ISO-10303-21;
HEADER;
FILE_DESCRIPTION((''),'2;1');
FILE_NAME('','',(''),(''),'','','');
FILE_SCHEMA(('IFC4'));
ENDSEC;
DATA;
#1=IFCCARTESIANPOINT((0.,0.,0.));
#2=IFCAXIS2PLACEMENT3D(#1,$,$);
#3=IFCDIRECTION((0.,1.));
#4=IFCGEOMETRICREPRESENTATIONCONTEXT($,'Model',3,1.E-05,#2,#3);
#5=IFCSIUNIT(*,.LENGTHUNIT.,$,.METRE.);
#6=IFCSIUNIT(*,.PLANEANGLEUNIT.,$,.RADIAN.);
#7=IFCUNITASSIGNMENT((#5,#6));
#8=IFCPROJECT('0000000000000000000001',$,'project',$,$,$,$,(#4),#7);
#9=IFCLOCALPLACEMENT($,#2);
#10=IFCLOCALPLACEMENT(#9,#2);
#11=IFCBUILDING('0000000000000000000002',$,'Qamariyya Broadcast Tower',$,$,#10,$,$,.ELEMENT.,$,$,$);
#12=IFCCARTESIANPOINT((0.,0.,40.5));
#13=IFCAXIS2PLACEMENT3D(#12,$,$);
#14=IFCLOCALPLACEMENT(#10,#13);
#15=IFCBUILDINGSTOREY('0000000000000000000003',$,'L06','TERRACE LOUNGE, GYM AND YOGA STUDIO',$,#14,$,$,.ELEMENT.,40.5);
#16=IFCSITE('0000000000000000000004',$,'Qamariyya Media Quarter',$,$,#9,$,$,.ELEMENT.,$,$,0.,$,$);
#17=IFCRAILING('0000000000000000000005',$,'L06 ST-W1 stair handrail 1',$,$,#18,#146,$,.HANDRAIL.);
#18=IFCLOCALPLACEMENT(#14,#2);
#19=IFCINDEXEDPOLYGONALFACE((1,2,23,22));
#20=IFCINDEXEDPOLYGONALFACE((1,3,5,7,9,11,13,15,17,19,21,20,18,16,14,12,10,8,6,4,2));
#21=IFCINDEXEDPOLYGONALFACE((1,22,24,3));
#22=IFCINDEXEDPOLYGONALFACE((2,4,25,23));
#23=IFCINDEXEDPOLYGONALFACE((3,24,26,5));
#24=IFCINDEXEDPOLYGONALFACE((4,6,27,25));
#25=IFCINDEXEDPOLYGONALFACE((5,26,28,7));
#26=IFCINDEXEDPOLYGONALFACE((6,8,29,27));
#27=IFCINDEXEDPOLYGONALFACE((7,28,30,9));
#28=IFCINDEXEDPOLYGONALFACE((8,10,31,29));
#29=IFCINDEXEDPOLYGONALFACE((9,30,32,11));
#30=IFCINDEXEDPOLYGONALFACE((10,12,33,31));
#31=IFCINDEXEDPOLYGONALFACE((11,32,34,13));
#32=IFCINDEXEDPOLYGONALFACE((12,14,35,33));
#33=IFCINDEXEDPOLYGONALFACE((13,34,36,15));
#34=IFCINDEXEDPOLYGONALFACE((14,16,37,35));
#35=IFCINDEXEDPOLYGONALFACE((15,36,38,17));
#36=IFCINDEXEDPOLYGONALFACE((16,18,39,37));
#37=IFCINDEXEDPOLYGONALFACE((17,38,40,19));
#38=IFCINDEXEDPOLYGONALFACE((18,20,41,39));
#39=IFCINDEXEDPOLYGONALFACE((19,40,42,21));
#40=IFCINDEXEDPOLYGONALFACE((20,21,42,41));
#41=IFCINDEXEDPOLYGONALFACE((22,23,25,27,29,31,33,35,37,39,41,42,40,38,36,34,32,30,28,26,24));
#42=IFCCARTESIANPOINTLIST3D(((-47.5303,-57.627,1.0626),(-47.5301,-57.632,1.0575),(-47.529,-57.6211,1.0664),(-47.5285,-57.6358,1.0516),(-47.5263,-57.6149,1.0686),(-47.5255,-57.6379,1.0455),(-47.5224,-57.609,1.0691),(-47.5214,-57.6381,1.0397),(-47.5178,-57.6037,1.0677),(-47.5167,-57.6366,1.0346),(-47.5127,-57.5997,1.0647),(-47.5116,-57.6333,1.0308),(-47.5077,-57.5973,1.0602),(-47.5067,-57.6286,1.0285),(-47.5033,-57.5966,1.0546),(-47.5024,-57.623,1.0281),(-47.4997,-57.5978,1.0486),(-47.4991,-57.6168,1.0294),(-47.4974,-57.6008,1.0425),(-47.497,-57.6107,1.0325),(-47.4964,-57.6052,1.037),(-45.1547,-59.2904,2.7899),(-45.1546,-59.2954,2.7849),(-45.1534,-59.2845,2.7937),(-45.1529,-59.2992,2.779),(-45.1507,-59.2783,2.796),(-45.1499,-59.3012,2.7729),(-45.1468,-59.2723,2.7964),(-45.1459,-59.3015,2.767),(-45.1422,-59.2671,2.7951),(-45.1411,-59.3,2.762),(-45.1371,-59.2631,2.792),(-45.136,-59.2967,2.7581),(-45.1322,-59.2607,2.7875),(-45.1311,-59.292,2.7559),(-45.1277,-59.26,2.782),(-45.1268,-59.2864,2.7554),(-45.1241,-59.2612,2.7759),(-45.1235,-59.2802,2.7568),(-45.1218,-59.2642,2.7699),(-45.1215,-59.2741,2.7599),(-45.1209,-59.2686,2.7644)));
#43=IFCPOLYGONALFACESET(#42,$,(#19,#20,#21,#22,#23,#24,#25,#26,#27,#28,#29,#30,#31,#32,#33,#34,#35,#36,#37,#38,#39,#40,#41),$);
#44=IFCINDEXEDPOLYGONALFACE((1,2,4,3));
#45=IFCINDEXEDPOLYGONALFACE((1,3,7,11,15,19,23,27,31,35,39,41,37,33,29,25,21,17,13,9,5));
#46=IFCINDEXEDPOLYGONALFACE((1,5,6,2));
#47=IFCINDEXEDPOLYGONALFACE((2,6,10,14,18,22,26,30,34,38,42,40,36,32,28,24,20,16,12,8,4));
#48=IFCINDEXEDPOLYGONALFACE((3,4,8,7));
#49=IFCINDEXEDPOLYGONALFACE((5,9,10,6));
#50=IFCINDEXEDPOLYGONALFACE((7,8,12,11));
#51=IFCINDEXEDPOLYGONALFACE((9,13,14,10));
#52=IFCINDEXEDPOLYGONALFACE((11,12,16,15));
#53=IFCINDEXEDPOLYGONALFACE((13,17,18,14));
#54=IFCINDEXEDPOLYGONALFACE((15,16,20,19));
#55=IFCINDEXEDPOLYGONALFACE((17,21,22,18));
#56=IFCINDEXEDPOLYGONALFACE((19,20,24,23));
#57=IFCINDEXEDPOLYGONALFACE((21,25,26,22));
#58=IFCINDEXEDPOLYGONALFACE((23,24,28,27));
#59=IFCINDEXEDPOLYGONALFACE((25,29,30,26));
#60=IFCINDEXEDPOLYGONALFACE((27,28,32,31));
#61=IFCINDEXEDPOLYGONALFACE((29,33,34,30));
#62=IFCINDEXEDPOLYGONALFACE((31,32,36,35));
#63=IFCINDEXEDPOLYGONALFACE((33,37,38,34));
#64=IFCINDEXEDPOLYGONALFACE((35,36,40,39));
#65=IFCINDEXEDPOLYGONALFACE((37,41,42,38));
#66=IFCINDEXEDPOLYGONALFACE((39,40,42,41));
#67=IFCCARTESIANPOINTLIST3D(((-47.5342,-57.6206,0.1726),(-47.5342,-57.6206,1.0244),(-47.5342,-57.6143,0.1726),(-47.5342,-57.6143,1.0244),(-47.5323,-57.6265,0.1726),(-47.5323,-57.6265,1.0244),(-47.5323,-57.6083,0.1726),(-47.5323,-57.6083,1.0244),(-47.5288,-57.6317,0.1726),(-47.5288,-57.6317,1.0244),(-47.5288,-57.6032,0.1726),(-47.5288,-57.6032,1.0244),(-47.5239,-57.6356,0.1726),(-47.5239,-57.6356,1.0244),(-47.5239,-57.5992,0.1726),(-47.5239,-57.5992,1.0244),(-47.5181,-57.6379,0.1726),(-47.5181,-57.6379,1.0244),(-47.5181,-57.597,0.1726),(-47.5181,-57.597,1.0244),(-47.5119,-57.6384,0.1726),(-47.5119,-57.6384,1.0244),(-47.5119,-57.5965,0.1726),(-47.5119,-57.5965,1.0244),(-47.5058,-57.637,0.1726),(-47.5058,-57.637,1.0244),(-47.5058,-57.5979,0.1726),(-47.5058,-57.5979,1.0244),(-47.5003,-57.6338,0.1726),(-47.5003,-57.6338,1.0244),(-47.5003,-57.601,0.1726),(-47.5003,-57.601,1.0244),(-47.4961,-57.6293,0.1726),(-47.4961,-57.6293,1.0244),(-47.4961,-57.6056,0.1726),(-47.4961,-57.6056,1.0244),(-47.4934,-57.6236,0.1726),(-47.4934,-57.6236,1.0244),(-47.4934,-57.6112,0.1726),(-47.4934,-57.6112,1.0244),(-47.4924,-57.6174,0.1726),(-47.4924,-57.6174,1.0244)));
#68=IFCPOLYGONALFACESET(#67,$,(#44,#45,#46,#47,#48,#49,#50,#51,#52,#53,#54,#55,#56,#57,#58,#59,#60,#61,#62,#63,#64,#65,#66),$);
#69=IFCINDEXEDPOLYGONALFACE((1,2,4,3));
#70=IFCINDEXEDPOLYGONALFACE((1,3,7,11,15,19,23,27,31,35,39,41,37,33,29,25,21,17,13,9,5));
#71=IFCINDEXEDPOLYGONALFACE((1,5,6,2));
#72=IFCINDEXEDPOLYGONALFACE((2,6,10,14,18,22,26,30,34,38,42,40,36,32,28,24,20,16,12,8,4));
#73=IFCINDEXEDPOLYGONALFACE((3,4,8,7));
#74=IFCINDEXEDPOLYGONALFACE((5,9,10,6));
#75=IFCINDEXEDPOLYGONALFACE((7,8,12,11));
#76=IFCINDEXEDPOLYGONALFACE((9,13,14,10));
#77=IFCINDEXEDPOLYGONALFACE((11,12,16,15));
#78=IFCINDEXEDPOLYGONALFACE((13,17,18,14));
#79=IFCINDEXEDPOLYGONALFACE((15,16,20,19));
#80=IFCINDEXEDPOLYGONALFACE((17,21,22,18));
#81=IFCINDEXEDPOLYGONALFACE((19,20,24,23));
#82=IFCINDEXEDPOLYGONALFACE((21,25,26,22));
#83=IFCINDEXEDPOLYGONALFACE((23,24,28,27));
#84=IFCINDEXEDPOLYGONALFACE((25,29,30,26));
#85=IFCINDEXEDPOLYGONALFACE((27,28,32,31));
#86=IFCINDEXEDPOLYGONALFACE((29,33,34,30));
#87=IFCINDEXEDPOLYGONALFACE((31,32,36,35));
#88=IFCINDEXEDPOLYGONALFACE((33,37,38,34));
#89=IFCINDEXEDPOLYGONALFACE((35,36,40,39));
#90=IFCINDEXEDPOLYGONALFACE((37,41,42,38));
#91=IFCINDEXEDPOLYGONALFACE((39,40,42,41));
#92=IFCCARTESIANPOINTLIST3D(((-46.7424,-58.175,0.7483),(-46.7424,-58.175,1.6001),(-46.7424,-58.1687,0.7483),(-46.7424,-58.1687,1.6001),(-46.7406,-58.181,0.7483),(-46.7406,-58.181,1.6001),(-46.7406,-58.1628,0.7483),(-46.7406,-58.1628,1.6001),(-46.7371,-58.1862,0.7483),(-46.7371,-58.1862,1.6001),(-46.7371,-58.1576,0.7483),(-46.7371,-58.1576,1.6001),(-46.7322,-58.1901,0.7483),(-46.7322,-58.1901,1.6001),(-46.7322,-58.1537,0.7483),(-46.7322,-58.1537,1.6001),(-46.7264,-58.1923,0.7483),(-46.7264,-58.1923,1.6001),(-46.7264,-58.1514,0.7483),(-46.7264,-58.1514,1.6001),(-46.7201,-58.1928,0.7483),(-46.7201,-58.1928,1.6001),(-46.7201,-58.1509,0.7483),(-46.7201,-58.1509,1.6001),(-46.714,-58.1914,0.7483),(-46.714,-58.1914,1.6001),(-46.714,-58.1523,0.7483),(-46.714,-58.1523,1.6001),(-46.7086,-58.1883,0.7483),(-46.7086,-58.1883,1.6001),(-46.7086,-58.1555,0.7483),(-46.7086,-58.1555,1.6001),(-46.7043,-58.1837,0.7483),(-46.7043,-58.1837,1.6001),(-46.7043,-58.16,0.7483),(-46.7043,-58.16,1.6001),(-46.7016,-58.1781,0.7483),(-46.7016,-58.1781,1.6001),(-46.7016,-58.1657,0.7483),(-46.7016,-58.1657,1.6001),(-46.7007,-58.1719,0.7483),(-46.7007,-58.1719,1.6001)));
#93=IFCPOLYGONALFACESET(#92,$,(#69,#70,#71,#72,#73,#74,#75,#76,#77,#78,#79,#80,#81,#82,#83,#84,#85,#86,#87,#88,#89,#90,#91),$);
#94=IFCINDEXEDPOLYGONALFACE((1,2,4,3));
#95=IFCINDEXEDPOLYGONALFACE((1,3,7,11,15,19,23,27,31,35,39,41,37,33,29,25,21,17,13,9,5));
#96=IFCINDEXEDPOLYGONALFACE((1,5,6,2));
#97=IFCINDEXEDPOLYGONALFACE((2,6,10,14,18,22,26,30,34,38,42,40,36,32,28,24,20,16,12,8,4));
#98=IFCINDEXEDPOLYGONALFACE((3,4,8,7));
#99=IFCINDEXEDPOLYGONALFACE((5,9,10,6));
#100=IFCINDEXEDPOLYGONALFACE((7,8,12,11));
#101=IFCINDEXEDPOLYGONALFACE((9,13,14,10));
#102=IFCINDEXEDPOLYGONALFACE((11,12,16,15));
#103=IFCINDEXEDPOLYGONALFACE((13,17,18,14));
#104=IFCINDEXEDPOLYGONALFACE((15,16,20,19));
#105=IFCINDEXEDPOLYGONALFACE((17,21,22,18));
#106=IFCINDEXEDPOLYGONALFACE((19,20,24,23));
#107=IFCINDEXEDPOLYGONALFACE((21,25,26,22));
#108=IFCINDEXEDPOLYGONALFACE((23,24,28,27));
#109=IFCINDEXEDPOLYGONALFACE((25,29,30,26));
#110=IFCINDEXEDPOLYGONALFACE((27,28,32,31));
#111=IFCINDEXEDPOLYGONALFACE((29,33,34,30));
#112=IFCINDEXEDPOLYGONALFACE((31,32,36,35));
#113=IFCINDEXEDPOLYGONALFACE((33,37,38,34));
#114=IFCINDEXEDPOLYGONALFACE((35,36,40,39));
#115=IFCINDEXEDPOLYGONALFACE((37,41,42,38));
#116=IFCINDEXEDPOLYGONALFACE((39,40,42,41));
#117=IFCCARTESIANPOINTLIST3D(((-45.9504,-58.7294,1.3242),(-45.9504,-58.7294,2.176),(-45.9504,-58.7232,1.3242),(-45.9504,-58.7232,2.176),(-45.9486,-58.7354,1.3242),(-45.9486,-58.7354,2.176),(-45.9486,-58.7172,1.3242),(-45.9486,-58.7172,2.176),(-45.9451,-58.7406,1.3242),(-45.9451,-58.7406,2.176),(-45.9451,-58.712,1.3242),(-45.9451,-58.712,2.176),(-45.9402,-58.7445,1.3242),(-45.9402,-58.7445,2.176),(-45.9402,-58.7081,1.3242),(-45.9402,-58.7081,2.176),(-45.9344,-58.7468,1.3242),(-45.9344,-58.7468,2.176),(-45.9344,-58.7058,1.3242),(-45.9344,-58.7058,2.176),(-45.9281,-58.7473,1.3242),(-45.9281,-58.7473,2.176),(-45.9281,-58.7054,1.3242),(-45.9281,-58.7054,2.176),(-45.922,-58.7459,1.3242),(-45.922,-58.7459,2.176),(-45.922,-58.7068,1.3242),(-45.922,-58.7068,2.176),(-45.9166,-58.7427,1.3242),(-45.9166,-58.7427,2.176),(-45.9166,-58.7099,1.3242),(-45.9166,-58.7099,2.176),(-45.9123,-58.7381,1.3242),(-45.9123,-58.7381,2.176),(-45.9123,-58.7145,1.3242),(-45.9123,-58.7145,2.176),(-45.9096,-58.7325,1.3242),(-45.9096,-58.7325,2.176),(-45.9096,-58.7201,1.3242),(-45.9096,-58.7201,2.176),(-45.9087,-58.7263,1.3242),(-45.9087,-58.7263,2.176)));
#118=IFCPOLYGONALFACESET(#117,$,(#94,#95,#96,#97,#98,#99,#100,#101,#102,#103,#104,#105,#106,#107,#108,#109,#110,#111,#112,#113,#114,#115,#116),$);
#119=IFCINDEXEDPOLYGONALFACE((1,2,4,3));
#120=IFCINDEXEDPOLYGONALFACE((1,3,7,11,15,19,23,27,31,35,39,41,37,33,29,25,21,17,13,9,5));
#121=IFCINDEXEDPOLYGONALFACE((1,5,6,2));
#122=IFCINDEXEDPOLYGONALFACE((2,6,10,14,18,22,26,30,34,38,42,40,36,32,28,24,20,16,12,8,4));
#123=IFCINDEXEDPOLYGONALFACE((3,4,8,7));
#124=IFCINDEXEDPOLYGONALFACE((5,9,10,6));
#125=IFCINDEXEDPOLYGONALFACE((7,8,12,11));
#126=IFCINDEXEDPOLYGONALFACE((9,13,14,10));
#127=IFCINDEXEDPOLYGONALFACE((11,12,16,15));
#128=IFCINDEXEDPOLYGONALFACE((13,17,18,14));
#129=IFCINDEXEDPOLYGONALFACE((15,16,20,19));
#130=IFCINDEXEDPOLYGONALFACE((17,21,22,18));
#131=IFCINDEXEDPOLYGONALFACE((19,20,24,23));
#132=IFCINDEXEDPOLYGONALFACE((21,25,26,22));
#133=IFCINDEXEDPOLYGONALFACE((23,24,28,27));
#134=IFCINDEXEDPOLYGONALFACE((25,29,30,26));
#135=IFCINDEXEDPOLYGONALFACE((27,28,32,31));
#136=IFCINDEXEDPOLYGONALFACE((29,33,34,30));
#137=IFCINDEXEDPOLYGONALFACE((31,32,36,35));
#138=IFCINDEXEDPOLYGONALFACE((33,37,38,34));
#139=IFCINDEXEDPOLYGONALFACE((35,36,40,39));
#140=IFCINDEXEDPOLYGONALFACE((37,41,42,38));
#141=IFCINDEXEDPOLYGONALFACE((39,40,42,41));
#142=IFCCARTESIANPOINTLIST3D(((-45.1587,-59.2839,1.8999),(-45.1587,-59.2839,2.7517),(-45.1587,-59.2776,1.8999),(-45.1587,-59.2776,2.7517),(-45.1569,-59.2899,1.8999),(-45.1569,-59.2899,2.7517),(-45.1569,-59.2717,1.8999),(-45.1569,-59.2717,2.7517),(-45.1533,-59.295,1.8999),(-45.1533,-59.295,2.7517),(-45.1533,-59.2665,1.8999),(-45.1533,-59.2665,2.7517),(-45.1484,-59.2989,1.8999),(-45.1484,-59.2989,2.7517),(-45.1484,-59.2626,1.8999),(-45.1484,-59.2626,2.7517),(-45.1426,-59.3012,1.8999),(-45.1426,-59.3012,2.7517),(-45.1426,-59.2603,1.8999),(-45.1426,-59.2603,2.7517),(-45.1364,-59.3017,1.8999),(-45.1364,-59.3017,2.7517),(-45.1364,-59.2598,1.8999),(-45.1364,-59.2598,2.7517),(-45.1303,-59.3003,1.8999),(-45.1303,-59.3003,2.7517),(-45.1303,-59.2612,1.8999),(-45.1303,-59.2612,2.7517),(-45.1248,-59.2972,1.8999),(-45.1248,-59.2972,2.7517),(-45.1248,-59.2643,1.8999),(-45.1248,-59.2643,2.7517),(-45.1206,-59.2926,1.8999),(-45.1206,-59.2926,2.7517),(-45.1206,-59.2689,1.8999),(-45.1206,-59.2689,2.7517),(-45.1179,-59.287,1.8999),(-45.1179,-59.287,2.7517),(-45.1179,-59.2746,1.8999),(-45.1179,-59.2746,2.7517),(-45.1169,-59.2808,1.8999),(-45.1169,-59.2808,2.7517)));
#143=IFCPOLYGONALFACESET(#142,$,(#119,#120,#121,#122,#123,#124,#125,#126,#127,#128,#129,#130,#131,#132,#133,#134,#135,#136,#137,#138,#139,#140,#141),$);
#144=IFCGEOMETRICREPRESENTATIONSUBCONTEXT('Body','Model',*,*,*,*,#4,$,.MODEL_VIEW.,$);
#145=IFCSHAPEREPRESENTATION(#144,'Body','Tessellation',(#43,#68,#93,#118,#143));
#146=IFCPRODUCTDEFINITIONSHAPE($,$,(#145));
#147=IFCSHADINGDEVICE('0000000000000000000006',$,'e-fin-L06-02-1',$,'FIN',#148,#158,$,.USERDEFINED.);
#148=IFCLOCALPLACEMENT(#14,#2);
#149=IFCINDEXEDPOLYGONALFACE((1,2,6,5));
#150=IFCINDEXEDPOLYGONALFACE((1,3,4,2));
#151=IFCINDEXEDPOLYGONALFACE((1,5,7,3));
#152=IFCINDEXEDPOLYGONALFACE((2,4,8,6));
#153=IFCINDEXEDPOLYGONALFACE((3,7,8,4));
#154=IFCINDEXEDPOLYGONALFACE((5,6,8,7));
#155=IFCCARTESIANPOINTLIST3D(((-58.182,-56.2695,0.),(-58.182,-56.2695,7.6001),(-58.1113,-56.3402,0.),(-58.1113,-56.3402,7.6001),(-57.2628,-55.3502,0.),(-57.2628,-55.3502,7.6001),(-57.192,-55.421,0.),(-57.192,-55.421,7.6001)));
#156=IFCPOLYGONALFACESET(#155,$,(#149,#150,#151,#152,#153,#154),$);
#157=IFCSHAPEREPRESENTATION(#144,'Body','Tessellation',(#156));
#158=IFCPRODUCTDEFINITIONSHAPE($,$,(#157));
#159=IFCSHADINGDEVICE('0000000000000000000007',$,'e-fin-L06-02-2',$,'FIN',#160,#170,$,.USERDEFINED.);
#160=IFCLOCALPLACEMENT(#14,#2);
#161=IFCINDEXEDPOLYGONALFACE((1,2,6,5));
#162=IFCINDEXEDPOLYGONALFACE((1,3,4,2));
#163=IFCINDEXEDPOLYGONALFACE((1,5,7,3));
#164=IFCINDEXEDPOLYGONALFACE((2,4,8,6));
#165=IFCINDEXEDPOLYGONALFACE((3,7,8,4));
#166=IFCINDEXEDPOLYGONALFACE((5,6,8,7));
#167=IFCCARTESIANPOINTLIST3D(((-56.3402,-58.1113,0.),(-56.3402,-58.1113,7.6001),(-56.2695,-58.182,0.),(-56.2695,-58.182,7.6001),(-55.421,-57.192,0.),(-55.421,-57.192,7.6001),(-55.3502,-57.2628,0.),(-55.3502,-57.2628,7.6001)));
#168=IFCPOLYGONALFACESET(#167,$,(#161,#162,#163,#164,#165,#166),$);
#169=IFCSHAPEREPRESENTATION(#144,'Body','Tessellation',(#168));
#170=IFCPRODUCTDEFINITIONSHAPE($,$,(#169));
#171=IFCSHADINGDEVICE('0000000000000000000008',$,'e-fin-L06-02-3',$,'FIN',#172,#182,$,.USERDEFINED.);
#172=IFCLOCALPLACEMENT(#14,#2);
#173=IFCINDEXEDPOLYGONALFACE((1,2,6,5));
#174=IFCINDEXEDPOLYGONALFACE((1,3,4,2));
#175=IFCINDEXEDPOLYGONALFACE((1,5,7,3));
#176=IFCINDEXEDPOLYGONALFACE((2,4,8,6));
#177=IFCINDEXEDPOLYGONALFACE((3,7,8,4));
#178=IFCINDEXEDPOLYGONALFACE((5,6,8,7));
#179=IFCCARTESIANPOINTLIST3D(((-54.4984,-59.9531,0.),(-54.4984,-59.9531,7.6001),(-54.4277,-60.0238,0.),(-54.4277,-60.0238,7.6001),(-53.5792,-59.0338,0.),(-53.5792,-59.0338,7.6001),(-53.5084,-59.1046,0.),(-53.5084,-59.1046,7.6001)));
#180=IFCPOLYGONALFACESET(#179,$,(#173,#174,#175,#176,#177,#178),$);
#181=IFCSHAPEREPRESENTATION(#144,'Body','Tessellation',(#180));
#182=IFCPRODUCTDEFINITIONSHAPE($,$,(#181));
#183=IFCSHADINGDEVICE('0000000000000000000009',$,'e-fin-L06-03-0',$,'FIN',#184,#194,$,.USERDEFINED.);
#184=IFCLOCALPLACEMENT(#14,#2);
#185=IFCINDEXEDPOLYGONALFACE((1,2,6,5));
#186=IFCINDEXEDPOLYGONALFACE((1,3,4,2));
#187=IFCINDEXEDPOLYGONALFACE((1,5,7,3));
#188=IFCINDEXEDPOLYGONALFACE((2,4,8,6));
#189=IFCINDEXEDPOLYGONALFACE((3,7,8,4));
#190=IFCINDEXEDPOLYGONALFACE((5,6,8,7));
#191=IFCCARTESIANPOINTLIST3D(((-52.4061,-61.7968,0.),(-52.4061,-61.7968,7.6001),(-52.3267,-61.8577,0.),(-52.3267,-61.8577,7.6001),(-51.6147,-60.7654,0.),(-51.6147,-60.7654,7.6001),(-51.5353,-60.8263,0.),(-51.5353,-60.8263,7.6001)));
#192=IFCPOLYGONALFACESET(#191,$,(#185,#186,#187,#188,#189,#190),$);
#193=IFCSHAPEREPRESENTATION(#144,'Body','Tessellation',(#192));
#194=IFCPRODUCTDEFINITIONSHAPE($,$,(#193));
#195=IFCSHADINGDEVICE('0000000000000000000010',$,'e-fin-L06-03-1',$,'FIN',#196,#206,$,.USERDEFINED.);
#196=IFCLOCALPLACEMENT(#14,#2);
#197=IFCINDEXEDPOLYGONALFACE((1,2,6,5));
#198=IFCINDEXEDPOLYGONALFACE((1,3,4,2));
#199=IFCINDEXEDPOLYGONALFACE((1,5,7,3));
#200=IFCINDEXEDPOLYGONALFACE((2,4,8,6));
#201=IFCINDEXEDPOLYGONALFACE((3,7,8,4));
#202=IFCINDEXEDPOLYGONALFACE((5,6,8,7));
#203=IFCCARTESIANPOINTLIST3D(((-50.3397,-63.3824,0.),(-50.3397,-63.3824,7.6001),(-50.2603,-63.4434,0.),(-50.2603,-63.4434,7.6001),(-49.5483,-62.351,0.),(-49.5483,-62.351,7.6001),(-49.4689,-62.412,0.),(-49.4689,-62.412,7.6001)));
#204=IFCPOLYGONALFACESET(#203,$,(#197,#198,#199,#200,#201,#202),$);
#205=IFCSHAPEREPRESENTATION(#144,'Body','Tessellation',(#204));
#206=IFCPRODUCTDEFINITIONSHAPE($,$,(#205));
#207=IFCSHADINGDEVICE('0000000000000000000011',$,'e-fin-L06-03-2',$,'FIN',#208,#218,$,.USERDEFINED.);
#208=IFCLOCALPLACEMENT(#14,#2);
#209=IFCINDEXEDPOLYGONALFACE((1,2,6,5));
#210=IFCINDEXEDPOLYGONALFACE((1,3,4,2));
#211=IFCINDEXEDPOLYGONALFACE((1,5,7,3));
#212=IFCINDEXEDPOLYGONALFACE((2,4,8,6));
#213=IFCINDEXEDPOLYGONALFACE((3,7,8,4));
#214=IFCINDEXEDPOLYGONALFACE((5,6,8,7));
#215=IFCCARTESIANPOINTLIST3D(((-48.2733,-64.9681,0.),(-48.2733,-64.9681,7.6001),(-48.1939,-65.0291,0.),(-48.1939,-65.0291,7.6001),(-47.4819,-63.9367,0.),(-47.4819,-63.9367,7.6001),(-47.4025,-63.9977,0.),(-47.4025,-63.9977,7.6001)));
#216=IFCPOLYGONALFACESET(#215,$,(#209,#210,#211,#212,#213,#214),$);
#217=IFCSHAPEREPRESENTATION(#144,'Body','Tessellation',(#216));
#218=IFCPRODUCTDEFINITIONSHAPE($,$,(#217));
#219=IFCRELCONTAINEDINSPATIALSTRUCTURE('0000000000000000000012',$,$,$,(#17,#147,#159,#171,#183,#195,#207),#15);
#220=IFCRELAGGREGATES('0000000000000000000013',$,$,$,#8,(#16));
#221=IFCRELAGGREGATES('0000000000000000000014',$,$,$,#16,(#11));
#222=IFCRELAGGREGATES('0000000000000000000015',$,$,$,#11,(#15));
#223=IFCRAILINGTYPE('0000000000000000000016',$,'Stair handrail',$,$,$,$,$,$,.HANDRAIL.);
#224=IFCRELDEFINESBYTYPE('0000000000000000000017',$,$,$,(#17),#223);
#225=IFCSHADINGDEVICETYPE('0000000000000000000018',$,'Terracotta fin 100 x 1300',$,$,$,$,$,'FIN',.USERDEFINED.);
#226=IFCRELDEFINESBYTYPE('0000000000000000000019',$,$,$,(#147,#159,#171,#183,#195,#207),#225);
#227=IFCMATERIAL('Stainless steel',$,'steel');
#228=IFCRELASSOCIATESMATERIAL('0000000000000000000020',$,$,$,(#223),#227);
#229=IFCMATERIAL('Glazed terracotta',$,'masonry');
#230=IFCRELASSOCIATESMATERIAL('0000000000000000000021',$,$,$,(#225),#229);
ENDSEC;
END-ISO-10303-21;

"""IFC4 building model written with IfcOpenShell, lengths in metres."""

from ifc_helpers import new_model, si_unit, direction, frame, origin, origin_2d, place, context, subcontext, project, spatial, rectangle, circle, extrude, material, material_profile, profile_set, type_object, element, save


model = new_model("IFC4")

# Units and contexts
model_context = context("Model", 3, precision=1e-05, world=origin(), true_north=direction((0.0, 1.0)))
body_context = subcontext(model_context, "Body", "Model", "MODEL_VIEW")
ifc_project = project(units=[si_unit("LENGTHUNIT", "METRE"), si_unit("PLANEANGLEUNIT", "RADIAN")], contexts=[model_context])

# Site, building, storey
site_placement = place(None, origin())
site = spatial("IfcSite", under=ifc_project, at=site_placement, Name="Qamariyya Media Quarter", CompositionType="ELEMENT", RefElevation=0.0)
building_placement = place(site_placement, origin())
building = spatial("IfcBuilding", under=site, at=building_placement, Name="Qamariyya Broadcast Tower", CompositionType="ELEMENT")
storey_placement = place(building_placement, frame((0.0, 0.0, 40.5)))
storey = spatial("IfcBuildingStorey", under=building, at=storey_placement, Name="L06", Description="TERRACE LOUNGE, GYM AND YOGA STUDIO", CompositionType="ELEMENT", Elevation=40.5)

# Railing
ifc_material_1 = material(Name="Stainless steel", Category="steel")
railing_type_1 = type_object("IfcRailingType", Name="Stair handrail", PredefinedType="HANDRAIL", material=ifc_material_1)
railing_1_placement = place(storey_placement, frame((-47.5134, -57.6174, 0.1726)))
element("IfcRailing", 1, at=railing_1_placement, inside=storey, type_object=railing_type_1, Name="L06 ST-W1 stair handrail 1", PredefinedType="HANDRAIL", context=body_context, shape_type="SweptSolid", body=[
    extrude(circle(Radius=0.0239, at=origin_2d()), frame((0.0, 0.0, 0.876), z_axis=(0.70377, -0.492784, 0.511734), x_axis=(0.573575, 0.819153, 0.0)), (0.0, 0.0, 1.0), 3.3755),
    extrude(circle(Radius=0.021, at=origin_2d()), origin(), (0.0, 0.0, 1.0), 0.8518),
    extrude(circle(Radius=0.021, at=origin_2d()), frame((0.7917, -0.5544, 0.5757)), (0.0, 0.0, 1.0), 0.8518),
    extrude(circle(Radius=0.021, at=origin_2d()), frame((1.5837, -1.1089, 1.1516)), (0.0, 0.0, 1.0), 0.8518),
    extrude(circle(Radius=0.021, at=origin_2d()), frame((2.3755, -1.6633, 1.7273)), (0.0, 0.0, 1.0), 0.8518),
])

# Shading devices
ifc_material_2 = material(Name="Glazed terracotta", Category="masonry")
ifc_material_profile_1 = material_profile(ifc_material_2, rectangle(XDim=1.3, YDim=0.1001, at=origin_2d()))
ifc_profile_set_1 = profile_set([ifc_material_profile_1], Name="Glazed terracotta")
shading_device_type_1 = type_object("IfcShadingDeviceType", Name="Terracotta fin 100 x 1300", ElementType="FIN", PredefinedType="USERDEFINED", material=ifc_profile_set_1)
for number, where, z_axis, x_axis, name in (
    (2, (-57.687, -55.8452, 0.0), (0.0, 0.0, 1.0), (-0.707107, -0.707107, 0.0), "e-fin-L06-02-1"),
    (3, (-55.8452, -57.687, 0.0), (0.0, 0.0, 1.0), (-0.707107, -0.707107, 0.0), "e-fin-L06-02-2"),
    (4, (-54.0034, -59.5288, 0.0), (0.0, 0.0, 1.0), (-0.707107, -0.707107, 0.0), "e-fin-L06-02-3"),
    (5, (-51.9707, -61.3115, 0.0), (0.0, 0.0, 1.0), (-0.608761, -0.793353, 0.0), "e-fin-L06-03-0"),
    (6, (-49.9043, -62.8972, 0.0), (0.0, 0.0, 1.0), (-0.608761, -0.793353, 0.0), "e-fin-L06-03-1"),
    (7, (-47.8379, -64.4829, 0.0), (0.0, 0.0, 1.0), (-0.608761, -0.793353, 0.0), "e-fin-L06-03-2"),
):
    element("IfcShadingDevice", number, at=place(storey_placement, frame(where, z_axis=z_axis, x_axis=x_axis)), inside=storey, type_object=shading_device_type_1, Name=name, ObjectType="FIN", PredefinedType="USERDEFINED", context=body_context, shape_type="SweptSolid", body=[
        extrude(rectangle(XDim=1.3, YDim=0.1001, at=origin_2d()), origin(), (0.0, 0.0, 1.0), 7.6001),
    ])

save(model, "model.ifc")
